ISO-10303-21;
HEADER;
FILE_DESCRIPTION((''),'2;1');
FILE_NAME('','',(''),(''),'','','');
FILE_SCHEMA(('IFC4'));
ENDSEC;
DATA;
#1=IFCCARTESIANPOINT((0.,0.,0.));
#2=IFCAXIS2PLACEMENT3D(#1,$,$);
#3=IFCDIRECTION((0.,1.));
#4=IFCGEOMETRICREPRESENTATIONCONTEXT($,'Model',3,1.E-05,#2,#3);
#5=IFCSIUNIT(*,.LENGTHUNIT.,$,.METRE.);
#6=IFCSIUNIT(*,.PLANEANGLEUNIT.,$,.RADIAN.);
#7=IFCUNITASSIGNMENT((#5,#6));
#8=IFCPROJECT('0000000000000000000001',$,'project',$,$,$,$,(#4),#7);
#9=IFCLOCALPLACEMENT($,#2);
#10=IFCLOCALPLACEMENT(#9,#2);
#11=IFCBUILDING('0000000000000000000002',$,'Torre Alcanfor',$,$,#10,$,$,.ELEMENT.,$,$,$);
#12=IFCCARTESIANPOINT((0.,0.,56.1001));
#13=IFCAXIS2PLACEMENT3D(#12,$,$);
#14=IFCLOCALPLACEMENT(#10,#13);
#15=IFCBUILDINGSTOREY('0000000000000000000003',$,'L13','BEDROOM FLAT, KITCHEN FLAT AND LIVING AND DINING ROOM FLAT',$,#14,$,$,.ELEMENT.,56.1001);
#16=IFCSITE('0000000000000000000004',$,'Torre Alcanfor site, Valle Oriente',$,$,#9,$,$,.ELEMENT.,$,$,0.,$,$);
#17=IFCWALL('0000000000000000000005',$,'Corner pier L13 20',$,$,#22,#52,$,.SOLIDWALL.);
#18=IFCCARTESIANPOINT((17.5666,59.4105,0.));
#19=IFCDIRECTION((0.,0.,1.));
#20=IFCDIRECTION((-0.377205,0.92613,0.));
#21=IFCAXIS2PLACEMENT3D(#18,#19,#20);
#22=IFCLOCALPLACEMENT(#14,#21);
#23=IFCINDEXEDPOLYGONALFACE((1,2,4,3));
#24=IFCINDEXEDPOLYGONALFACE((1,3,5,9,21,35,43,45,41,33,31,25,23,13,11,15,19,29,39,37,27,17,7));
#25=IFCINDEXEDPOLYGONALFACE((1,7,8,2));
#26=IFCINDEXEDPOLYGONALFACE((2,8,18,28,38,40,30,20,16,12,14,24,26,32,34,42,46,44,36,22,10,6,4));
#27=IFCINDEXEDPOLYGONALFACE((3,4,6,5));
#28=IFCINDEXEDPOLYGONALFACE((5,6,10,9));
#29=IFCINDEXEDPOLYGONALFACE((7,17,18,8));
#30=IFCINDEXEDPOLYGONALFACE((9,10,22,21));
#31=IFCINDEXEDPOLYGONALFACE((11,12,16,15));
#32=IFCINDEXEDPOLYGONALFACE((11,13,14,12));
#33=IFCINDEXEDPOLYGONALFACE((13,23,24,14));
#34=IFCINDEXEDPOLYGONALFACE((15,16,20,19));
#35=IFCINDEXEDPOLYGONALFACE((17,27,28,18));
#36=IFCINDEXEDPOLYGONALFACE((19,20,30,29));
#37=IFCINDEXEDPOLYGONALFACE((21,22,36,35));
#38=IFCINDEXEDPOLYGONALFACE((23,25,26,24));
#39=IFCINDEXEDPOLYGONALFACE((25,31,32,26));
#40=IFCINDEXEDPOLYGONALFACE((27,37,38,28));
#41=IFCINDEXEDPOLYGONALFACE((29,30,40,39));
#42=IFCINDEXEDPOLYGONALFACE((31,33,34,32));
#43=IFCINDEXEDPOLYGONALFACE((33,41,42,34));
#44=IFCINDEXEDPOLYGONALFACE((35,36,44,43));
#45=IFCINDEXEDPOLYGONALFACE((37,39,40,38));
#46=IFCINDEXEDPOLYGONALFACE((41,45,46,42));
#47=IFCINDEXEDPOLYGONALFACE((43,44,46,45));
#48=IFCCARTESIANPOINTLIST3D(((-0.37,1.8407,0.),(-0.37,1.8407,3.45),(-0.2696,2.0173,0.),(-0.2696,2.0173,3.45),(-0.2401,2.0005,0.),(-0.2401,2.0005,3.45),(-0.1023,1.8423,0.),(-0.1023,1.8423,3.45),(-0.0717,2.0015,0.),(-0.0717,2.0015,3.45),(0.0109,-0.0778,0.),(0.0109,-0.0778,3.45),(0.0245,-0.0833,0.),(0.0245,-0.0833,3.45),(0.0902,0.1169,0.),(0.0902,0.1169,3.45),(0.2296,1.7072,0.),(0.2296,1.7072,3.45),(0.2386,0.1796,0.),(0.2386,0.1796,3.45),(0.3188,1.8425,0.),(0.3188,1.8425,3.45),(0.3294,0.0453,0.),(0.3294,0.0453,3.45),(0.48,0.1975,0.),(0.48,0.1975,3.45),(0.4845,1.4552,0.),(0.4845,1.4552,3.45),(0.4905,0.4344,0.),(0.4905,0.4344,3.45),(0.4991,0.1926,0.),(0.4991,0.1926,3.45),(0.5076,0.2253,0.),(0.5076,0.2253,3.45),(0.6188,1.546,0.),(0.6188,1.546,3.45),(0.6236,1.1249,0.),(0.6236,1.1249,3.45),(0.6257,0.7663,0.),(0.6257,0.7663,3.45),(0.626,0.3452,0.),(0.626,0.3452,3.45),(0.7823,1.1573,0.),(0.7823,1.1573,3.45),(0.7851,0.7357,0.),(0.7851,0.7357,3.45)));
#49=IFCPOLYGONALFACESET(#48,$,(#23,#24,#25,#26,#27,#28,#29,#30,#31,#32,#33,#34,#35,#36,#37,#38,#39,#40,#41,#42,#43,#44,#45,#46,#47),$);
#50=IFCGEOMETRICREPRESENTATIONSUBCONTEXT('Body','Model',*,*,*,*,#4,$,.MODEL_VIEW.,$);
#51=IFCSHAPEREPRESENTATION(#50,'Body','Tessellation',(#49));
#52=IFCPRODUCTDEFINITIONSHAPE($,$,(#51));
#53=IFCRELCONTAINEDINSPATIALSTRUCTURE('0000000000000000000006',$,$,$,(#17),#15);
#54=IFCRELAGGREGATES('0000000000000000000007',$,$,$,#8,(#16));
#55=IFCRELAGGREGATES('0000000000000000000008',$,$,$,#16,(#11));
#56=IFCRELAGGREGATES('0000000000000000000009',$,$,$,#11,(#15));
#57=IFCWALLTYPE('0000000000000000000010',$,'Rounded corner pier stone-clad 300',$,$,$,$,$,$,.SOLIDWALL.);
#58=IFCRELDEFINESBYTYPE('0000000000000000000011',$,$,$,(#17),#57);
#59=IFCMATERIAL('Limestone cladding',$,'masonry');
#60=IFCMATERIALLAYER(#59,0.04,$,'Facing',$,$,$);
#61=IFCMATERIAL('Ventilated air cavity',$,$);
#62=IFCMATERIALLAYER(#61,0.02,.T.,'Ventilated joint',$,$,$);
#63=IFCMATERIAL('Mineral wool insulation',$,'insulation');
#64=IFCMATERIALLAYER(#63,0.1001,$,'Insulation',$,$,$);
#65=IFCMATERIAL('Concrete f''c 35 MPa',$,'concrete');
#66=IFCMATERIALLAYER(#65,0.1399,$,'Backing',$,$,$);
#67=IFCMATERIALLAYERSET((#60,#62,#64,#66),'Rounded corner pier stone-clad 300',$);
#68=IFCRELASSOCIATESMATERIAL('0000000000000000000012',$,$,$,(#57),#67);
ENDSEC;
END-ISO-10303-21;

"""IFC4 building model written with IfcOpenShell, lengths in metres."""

from ifc_helpers import new_model, si_unit, direction, frame, origin, place, context, subcontext, project, spatial, polyline, outline, extrude, material, layer, layer_set, type_object, element, save


model = new_model("IFC4")

# Units and contexts
model_context = context("Model", 3, precision=1e-05, world=origin(), true_north=direction((0.0, 1.0)))
body_context = subcontext(model_context, "Body", "Model", "MODEL_VIEW")
ifc_project = project(units=[si_unit("LENGTHUNIT", "METRE"), si_unit("PLANEANGLEUNIT", "RADIAN")], contexts=[model_context])

# Site, building, storey
site_placement = place(None, origin())
site = spatial("IfcSite", under=ifc_project, at=site_placement, Name="Torre Alcanfor site, Valle Oriente", CompositionType="ELEMENT", RefElevation=0.0)
building_placement = place(site_placement, origin())
building = spatial("IfcBuilding", under=site, at=building_placement, Name="Torre Alcanfor", CompositionType="ELEMENT")
storey_placement = place(building_placement, frame((0.0, 0.0, 56.1001)))
storey = spatial("IfcBuildingStorey", under=building, at=storey_placement, Name="L13", Description="BEDROOM FLAT, KITCHEN FLAT AND LIVING AND DINING ROOM FLAT", CompositionType="ELEMENT", Elevation=56.1001)

# Wall
ifc_material_1 = material(Name="Limestone cladding", Category="masonry")
ifc_layer_1 = layer(ifc_material_1, 0.04, Name="Facing")
ifc_material_2 = material(Name="Ventilated air cavity")
ifc_layer_2 = layer(ifc_material_2, 0.02, ventilated=True, Name="Ventilated joint")
ifc_material_3 = material(Name="Mineral wool insulation", Category="insulation")
ifc_layer_3 = layer(ifc_material_3, 0.1001, Name="Insulation")
ifc_material_4 = material(Name="Concrete f'c 35 MPa", Category="concrete")
ifc_layer_4 = layer(ifc_material_4, 0.1399, Name="Backing")
ifc_layer_set_1 = layer_set([ifc_layer_1, ifc_layer_2, ifc_layer_3, ifc_layer_4], Name="Rounded corner pier stone-clad 300")
wall_type_1 = type_object("IfcWallType", Name="Rounded corner pier stone-clad 300", PredefinedType="SOLIDWALL", material=ifc_layer_set_1)
wall_1_placement = place(storey_placement, frame((17.5666, 59.4105, 0.0), z_axis=(0.0, 0.0, 1.0), x_axis=(-0.377205, 0.92613, 0.0)))
element("IfcWall", 1, at=wall_1_placement, inside=storey, type_object=wall_type_1, Name="Corner pier L13 20", PredefinedType="SOLIDWALL", context=body_context, shape_type="SweptSolid", body=[
    extrude(outline(polyline([(-0.2696, 2.0173), (-0.37, 1.8407), (-0.1023, 1.8423), (0.2296, 1.7072), (0.4845, 1.4552), (0.6236, 1.1249), (0.6257, 0.7663), (0.4905, 0.4344), (0.2386, 0.1796), (0.0902, 0.1169), (0.0109, -0.0778), (0.0245, -0.0833), (0.3294, 0.0453), (0.48, 0.1975), (0.4991, 0.1926), (0.5076, 0.2253), (0.626, 0.3452), (0.7851, 0.7357), (0.7823, 1.1573), (0.6188, 1.546), (0.3188, 1.8425), (-0.0717, 2.0015), (-0.2401, 2.0005), (-0.2696, 2.0173)])), origin(), (0.0, 0.0, 1.0), 3.45),
])

save(model, "model.ifc")
